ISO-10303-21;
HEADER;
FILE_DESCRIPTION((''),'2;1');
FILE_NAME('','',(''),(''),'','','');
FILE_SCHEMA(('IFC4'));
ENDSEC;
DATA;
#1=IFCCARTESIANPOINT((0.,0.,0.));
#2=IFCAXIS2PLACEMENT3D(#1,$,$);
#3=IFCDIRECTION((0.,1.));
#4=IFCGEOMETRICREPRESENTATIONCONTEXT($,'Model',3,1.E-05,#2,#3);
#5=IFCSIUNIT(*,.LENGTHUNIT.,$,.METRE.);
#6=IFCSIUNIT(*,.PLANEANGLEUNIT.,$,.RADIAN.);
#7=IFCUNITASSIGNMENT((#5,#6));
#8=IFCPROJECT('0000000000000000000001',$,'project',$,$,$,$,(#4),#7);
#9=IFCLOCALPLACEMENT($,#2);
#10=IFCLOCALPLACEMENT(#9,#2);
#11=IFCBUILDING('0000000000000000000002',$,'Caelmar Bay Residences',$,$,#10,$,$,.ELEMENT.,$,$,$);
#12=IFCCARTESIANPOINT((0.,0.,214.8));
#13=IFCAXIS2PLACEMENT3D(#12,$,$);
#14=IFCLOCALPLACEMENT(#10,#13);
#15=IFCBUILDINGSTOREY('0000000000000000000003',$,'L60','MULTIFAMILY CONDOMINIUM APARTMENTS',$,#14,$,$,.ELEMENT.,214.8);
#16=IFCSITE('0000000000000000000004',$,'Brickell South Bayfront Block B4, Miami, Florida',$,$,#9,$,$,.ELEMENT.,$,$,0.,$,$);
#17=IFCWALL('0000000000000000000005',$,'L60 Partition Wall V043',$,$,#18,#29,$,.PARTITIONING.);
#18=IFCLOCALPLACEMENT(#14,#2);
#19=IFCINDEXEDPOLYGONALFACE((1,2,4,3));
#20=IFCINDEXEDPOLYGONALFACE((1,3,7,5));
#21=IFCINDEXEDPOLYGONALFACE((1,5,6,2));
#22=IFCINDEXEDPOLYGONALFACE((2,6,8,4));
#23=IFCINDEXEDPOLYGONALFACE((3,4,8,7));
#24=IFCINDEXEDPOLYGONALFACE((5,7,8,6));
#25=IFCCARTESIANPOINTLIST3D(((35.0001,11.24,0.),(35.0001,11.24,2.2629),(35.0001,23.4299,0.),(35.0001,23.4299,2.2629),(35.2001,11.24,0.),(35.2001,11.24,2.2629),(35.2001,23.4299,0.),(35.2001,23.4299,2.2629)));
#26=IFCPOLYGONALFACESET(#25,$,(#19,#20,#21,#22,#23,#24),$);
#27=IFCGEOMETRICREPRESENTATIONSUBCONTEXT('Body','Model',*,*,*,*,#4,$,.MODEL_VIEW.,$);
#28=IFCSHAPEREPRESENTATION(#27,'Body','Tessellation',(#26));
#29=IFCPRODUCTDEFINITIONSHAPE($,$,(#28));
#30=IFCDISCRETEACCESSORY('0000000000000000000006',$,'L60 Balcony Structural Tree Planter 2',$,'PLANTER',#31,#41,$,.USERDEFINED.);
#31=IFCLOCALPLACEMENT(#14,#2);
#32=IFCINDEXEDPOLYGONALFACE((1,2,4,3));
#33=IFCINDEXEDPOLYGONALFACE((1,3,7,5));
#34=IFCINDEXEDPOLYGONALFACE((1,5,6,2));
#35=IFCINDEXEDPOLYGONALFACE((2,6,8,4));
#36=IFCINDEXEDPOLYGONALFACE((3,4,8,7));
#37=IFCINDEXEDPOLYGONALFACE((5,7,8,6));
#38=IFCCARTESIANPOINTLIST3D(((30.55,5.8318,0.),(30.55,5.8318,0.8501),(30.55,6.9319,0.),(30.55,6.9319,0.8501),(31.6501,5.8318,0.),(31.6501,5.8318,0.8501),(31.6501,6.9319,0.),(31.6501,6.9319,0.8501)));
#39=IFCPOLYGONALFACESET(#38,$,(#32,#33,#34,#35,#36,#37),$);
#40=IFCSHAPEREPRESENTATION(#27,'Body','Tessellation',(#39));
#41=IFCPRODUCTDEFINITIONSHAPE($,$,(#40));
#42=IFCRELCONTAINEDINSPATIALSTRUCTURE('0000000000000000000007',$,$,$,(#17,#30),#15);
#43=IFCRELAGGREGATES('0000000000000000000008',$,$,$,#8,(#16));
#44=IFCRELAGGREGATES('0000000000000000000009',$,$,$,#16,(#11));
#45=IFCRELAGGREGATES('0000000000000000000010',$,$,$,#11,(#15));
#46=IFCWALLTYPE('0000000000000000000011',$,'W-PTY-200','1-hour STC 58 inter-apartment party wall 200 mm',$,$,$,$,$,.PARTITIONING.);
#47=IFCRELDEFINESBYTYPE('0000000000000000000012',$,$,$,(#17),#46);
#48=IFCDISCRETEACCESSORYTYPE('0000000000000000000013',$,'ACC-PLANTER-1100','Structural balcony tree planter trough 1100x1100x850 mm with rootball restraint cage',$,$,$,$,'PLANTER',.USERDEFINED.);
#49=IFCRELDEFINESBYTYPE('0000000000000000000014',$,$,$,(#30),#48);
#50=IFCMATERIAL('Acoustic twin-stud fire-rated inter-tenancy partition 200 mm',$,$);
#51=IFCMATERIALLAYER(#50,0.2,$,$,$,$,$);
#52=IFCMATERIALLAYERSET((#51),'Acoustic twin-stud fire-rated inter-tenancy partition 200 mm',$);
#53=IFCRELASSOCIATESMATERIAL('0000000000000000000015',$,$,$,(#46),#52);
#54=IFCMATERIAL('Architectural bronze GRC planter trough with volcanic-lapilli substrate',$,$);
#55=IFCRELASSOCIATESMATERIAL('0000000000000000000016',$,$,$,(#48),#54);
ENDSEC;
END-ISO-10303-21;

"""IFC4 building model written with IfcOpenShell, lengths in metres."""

from ifc_helpers import new_model, si_unit, direction, frame, frame_2d, origin, origin_2d, place, context, subcontext, project, spatial, rectangle, extrude, material, layer, layer_set, type_object, element, save


model = new_model("IFC4")

# Units and contexts
model_context = context("Model", 3, precision=1e-05, world=origin(), true_north=direction((0.0, 1.0)))
body_context = subcontext(model_context, "Body", "Model", "MODEL_VIEW")
ifc_project = project(units=[si_unit("LENGTHUNIT", "METRE"), si_unit("PLANEANGLEUNIT", "RADIAN")], contexts=[model_context])

# Site, building, storey
site_placement = place(None, origin())
site = spatial("IfcSite", under=ifc_project, at=site_placement, Name="Brickell South Bayfront Block B4, Miami, Florida", CompositionType="ELEMENT", RefElevation=0.0)
building_placement = place(site_placement, origin())
building = spatial("IfcBuilding", under=site, at=building_placement, Name="Caelmar Bay Residences", CompositionType="ELEMENT")
storey_placement = place(building_placement, frame((0.0, 0.0, 214.8)))
storey = spatial("IfcBuildingStorey", under=building, at=storey_placement, Name="L60", Description="MULTIFAMILY CONDOMINIUM APARTMENTS", CompositionType="ELEMENT", Elevation=214.8)

# Wall
ifc_material_1 = material(Name="Acoustic twin-stud fire-rated inter-tenancy partition 200 mm")
ifc_layer_1 = layer(ifc_material_1, 0.2)
ifc_layer_set_1 = layer_set([ifc_layer_1], Name="Acoustic twin-stud fire-rated inter-tenancy partition 200 mm")
wall_type_1 = type_object("IfcWallType", Name="W-PTY-200", Description="1-hour STC 58 inter-apartment party wall 200 mm", PredefinedType="PARTITIONING", material=ifc_layer_set_1)
wall_1_placement = place(storey_placement, frame((35.1001, 11.24, 0.0), z_axis=(0.0, 0.0, 1.0), x_axis=(0.0, 1.0, 0.0)))
element("IfcWall", 1, at=wall_1_placement, inside=storey, type_object=wall_type_1, Name="L60 Partition Wall V043", PredefinedType="PARTITIONING", context=body_context, shape_type="SweptSolid", body=[
    extrude(rectangle(XDim=12.1899, YDim=0.2, at=frame_2d((6.095, 0.0))), origin(), (0.0, 0.0, 1.0), 2.2629),
])

# Discrete accessory
ifc_material_2 = material(Name="Architectural bronze GRC planter trough with volcanic-lapilli substrate")
discrete_accessory_type = type_object("IfcDiscreteAccessoryType", Name="ACC-PLANTER-1100", Description="Structural balcony tree planter trough 1100x1100x850 mm with rootball restraint cage", ElementType="PLANTER", PredefinedType="USERDEFINED", material=ifc_material_2)
discrete_accessory_placement = place(storey_placement, frame((31.1001, 6.3818, 0.0), z_axis=(0.0, 0.0, 1.0), x_axis=(1.0, 0.0, 0.0)))
element("IfcDiscreteAccessory", 2, at=discrete_accessory_placement, inside=storey, type_object=discrete_accessory_type, Name="L60 Balcony Structural Tree Planter 2", ObjectType="PLANTER", PredefinedType="USERDEFINED", context=body_context, shape_type="SweptSolid", body=[
    extrude(rectangle(XDim=1.1001, YDim=1.1001, at=origin_2d()), origin(), (0.0, 0.0, 1.0), 0.8501),
])

save(model, "model.ifc")
